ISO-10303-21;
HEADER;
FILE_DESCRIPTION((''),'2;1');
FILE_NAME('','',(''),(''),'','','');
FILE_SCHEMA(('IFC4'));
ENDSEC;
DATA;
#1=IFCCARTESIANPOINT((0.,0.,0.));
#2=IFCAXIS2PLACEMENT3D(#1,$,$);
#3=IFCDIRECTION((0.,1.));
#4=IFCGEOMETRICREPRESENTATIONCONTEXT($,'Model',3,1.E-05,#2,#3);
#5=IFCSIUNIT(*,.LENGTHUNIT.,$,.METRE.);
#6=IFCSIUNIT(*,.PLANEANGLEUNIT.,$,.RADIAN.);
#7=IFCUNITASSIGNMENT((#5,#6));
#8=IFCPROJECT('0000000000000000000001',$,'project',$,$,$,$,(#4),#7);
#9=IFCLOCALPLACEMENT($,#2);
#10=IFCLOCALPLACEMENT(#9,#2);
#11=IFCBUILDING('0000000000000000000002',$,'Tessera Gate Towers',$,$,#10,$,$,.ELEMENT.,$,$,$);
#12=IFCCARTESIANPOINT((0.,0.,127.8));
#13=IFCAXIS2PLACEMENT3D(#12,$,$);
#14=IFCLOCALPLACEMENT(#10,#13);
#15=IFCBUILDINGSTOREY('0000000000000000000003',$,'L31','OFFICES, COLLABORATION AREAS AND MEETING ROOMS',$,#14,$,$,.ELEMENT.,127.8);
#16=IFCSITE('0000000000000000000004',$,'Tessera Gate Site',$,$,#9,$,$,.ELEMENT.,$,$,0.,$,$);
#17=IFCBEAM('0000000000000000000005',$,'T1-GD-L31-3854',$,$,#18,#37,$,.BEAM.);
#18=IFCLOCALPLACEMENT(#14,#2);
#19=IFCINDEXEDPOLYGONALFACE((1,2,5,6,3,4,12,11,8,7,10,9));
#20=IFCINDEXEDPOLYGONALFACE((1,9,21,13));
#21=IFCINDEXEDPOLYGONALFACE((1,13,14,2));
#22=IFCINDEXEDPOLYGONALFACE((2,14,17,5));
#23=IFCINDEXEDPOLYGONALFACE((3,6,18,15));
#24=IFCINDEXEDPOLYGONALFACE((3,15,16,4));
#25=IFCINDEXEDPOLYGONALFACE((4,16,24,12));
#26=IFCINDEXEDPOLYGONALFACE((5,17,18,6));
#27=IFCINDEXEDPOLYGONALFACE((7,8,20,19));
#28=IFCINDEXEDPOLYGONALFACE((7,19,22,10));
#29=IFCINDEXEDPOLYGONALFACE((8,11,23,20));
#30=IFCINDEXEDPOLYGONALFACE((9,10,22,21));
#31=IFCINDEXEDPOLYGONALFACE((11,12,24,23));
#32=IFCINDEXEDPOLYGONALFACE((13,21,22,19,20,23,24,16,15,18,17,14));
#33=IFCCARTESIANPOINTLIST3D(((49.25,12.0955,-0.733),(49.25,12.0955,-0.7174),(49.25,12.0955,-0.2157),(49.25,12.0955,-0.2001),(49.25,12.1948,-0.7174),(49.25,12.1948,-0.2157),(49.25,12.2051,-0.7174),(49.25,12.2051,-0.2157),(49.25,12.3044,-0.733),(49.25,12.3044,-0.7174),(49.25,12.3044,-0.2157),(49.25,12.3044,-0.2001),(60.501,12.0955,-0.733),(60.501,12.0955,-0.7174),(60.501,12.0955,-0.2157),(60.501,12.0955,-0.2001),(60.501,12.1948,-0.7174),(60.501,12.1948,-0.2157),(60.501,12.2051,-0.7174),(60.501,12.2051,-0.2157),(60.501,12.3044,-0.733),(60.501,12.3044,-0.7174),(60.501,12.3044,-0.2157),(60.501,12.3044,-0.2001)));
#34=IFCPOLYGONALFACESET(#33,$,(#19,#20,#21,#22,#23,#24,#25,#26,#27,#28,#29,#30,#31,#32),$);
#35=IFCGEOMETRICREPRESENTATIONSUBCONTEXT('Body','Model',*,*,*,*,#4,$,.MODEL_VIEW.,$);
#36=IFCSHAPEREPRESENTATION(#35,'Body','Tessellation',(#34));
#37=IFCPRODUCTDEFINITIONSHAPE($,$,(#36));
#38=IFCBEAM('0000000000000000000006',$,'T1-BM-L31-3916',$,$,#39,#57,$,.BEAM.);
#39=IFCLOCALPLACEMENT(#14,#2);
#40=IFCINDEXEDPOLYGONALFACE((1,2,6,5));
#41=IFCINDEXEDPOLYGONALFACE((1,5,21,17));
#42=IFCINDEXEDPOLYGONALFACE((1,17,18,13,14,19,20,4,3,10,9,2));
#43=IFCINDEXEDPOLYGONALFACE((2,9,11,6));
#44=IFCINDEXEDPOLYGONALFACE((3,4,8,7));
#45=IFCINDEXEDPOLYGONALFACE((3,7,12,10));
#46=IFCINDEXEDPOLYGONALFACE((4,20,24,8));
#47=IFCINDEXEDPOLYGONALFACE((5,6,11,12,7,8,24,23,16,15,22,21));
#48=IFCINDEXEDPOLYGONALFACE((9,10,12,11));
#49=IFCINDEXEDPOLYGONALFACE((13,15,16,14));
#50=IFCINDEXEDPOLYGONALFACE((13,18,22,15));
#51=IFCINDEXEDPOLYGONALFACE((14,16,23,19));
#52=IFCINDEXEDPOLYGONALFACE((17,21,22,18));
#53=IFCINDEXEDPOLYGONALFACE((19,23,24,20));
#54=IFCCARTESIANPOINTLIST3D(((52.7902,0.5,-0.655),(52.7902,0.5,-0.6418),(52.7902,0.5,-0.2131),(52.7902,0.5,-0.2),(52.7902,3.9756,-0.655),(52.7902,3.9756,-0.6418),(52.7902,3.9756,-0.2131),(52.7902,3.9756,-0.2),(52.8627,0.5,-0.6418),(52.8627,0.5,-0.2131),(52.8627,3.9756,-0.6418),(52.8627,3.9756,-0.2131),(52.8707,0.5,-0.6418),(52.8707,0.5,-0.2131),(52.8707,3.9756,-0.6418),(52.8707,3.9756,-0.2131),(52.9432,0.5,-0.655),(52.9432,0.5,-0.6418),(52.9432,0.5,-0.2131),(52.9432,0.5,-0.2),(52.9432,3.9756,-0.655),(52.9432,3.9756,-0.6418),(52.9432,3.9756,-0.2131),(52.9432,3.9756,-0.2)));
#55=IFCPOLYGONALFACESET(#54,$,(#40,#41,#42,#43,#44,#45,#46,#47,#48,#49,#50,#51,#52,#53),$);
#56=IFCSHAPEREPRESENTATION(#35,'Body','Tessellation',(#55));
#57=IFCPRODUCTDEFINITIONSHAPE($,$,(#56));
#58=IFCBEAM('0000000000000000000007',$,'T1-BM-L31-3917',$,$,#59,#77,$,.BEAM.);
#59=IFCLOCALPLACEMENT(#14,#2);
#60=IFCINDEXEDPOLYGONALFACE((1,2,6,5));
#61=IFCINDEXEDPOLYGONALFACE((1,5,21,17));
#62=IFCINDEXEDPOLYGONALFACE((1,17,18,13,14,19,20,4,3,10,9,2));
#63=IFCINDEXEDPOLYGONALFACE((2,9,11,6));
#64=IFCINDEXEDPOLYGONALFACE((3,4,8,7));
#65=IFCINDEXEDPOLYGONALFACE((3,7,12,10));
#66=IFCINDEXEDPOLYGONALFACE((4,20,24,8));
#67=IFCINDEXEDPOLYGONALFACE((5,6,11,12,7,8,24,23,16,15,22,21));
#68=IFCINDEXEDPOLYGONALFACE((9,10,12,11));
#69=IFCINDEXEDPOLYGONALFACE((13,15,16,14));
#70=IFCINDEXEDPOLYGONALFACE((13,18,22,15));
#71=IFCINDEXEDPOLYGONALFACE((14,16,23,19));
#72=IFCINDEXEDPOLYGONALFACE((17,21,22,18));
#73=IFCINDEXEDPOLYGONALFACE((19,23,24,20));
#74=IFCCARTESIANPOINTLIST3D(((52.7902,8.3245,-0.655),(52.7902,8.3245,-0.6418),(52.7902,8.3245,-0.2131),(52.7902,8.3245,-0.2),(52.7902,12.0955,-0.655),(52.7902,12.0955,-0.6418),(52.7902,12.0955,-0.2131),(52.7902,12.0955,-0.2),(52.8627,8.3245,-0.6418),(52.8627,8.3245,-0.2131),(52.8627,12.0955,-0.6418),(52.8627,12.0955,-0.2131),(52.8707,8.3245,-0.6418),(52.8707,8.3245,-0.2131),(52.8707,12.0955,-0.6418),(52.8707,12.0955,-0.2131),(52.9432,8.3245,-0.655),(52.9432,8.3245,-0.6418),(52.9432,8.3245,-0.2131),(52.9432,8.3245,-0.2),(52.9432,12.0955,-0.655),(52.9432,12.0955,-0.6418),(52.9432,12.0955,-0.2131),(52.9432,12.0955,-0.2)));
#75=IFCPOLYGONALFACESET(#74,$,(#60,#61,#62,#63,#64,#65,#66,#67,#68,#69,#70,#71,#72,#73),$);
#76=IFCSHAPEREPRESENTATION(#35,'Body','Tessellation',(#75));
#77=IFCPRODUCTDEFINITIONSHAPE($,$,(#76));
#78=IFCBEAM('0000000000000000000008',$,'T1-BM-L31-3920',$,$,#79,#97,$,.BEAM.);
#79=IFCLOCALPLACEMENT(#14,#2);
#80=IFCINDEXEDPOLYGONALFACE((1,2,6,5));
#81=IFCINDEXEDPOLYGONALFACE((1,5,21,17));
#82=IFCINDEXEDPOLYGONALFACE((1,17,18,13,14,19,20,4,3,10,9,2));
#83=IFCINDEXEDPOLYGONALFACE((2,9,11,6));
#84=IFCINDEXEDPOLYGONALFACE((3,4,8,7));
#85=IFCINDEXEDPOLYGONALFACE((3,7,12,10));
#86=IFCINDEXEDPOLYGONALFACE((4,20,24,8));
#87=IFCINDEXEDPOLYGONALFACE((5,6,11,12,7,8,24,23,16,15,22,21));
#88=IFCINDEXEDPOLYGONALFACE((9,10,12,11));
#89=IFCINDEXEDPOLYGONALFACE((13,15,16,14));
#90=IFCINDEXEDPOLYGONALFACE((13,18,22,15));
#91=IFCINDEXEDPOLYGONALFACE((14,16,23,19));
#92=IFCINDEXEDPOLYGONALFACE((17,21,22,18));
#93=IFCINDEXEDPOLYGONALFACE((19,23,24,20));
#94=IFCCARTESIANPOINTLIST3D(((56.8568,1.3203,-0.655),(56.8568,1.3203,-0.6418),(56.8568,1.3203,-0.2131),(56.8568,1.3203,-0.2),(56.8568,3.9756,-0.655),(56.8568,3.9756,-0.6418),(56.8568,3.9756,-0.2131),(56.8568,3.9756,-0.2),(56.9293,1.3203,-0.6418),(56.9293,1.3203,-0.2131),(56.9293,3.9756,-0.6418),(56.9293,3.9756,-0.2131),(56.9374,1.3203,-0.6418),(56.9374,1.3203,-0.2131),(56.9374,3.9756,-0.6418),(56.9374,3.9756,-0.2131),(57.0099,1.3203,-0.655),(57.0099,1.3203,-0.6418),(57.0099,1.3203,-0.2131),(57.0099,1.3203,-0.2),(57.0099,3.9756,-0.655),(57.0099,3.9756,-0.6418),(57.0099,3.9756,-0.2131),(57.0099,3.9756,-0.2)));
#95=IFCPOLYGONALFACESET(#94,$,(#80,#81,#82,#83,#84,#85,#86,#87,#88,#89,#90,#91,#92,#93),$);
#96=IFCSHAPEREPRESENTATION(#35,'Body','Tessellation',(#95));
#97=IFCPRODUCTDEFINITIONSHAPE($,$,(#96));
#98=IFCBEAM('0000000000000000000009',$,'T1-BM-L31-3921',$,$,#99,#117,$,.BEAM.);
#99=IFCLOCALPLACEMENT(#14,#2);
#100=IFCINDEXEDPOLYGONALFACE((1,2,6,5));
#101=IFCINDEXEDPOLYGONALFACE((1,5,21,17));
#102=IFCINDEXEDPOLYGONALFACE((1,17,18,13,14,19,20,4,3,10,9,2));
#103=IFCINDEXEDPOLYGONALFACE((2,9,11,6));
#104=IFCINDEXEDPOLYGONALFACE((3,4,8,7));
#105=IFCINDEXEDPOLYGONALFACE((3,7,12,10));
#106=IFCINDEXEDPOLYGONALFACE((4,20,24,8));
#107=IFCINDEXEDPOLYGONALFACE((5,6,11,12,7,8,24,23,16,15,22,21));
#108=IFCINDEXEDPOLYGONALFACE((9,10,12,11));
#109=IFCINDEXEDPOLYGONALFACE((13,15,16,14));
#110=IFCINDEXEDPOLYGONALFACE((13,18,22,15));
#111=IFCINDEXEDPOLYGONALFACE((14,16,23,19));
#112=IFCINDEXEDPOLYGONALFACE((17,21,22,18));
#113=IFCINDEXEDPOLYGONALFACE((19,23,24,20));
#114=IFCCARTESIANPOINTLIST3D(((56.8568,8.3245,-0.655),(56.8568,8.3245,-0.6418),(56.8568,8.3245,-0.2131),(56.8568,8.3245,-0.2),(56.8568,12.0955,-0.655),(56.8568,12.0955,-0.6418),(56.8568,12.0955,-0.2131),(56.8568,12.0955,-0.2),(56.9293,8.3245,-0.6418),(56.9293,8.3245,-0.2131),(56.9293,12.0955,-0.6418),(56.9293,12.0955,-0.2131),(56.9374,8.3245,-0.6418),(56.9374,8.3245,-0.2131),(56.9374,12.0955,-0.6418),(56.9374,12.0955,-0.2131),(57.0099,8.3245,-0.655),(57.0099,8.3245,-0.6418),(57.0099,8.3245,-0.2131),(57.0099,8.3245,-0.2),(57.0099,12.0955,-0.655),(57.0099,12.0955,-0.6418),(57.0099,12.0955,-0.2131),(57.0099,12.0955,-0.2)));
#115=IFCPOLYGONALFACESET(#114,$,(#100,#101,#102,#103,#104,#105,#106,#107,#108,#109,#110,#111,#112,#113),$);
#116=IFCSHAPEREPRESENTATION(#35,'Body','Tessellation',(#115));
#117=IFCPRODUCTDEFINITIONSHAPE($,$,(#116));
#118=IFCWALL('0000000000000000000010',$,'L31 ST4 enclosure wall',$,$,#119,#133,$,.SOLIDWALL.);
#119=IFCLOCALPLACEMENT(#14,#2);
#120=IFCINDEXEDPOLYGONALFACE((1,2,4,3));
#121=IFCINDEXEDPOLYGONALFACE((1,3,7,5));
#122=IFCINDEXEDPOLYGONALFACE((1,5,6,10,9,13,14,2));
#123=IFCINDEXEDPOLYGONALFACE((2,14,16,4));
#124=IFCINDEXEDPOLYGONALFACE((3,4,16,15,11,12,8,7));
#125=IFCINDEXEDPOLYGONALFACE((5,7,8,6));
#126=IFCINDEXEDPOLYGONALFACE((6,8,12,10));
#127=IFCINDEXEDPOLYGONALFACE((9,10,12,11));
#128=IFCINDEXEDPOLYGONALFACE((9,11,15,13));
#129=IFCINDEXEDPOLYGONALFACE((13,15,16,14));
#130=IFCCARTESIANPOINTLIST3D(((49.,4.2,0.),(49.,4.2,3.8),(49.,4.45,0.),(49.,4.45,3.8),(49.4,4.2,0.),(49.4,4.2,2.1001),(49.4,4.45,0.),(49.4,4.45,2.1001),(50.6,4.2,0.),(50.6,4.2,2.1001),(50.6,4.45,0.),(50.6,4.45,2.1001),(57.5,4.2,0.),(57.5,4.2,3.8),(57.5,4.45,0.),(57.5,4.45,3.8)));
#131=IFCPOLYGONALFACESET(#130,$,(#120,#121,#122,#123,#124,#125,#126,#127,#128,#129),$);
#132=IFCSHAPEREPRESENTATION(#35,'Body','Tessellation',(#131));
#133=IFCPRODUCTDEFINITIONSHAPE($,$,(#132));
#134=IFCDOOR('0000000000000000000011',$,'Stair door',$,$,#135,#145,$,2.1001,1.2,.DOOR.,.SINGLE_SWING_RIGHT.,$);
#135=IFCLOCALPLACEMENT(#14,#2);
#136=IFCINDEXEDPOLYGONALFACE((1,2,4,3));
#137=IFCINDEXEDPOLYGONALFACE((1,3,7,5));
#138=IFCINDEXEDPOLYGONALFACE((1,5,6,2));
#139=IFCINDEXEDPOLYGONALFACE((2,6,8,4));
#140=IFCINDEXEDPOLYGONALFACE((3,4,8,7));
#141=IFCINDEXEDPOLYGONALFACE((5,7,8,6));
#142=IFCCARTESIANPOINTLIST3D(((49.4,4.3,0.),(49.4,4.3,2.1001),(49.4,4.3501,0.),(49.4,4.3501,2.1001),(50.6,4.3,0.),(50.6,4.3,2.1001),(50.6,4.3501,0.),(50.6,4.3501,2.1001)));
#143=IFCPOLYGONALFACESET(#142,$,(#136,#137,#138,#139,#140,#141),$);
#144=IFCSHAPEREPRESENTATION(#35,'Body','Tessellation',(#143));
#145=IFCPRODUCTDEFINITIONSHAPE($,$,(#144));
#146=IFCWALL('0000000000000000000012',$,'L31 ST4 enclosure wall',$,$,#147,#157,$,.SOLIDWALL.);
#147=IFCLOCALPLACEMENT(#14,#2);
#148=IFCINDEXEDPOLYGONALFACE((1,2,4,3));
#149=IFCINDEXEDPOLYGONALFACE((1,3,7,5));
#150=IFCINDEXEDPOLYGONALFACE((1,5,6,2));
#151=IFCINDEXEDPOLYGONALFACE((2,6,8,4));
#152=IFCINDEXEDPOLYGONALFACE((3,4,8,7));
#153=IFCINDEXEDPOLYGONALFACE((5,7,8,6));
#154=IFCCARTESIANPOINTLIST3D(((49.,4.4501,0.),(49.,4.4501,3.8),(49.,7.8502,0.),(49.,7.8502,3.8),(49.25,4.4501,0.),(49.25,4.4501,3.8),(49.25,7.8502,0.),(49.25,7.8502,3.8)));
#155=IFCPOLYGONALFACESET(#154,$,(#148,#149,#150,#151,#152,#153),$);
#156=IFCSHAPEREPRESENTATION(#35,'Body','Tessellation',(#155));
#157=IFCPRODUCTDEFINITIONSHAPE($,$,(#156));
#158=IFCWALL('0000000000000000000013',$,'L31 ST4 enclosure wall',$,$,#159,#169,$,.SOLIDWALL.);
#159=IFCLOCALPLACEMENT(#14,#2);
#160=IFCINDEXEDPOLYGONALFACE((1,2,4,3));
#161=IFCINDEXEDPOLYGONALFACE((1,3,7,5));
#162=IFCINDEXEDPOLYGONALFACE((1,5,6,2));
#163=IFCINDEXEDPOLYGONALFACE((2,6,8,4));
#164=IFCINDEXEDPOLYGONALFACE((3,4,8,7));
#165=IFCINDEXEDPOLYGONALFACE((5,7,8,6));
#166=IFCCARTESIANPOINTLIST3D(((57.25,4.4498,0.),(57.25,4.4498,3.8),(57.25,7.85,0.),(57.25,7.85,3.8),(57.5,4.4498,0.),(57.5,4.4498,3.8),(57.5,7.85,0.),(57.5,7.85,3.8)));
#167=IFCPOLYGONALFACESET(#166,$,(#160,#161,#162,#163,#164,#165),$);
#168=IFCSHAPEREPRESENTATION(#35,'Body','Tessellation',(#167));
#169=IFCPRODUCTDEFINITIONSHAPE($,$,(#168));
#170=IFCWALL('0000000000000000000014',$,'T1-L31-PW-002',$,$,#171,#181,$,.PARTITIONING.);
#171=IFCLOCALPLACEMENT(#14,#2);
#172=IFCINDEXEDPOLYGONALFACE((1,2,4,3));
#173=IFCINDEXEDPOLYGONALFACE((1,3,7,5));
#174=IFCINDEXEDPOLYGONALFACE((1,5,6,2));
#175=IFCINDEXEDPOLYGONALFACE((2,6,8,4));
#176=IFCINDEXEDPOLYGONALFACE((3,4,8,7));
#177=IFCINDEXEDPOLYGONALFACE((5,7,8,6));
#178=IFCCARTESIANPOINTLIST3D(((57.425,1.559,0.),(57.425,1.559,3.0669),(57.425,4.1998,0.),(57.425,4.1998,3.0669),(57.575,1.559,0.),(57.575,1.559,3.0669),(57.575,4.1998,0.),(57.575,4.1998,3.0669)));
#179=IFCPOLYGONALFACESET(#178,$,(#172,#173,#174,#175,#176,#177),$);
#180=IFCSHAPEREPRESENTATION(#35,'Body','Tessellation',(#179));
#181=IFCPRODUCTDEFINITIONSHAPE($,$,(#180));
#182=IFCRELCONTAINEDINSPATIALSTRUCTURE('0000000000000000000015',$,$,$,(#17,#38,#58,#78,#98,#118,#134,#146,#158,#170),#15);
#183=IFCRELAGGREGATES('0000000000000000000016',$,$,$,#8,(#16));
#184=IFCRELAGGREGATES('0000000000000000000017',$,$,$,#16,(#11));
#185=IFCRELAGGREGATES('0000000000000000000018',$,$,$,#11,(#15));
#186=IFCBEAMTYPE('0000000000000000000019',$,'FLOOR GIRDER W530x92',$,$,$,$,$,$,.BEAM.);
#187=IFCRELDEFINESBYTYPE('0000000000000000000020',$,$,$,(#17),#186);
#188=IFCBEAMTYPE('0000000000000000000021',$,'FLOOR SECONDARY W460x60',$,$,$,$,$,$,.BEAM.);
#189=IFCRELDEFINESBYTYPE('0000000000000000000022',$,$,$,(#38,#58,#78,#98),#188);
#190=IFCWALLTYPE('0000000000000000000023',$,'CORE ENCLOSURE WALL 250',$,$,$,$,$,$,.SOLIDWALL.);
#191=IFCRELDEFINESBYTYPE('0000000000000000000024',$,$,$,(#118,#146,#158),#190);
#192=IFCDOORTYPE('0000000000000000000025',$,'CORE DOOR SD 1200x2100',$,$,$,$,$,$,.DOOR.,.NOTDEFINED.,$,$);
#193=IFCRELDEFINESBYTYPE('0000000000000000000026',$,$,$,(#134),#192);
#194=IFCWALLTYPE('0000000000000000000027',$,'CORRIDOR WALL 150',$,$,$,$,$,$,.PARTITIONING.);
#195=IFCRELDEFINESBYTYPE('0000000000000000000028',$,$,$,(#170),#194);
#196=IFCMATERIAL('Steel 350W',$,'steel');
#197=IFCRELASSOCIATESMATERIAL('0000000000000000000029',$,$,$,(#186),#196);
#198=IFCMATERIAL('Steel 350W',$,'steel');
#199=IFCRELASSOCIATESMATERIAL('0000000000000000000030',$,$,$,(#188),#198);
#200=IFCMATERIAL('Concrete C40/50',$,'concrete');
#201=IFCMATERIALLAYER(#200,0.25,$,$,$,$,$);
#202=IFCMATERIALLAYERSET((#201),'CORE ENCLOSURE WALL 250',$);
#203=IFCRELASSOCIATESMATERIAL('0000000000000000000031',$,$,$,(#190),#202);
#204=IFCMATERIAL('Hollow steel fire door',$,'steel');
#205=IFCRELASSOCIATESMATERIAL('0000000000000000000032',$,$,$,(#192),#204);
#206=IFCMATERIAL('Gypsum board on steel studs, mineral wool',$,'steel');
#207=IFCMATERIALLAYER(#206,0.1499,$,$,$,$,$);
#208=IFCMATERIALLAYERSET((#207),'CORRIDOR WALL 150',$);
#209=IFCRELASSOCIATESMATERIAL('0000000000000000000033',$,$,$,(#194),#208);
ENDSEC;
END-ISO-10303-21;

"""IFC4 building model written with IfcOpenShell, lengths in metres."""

from ifc_helpers import new_model, si_unit, direction, frame, frame_2d, origin, origin_2d, place, context, subcontext, project, spatial, rectangle, i_section, extrude, source, transform, mapped, material, layer, layer_set, material_profile, profile_set, type_object, element, fill, save


model = new_model("IFC4")

# Units and contexts
model_context = context("Model", 3, precision=1e-05, world=origin(), true_north=direction((0.0, 1.0)))
body_context = subcontext(model_context, "Body", "Model", "MODEL_VIEW")
ifc_project = project(units=[si_unit("LENGTHUNIT", "METRE"), si_unit("PLANEANGLEUNIT", "RADIAN")], contexts=[model_context])

# Site, building, storey
site_placement = place(None, origin())
site = spatial("IfcSite", under=ifc_project, at=site_placement, Name="Tessera Gate Site", CompositionType="ELEMENT", RefElevation=0.0)
building_placement = place(site_placement, origin())
building = spatial("IfcBuilding", under=site, at=building_placement, Name="Tessera Gate Towers", CompositionType="ELEMENT")
storey_placement = place(building_placement, frame((0.0, 0.0, 127.8)))
storey = spatial("IfcBuildingStorey", under=building, at=storey_placement, Name="L31", Description="OFFICES, COLLABORATION AREAS AND MEETING ROOMS", CompositionType="ELEMENT", Elevation=127.8)

# Beams
ifc_material_1 = material(Name="Steel 350W", Category="steel")
ifc_material_profile_1 = material_profile(ifc_material_1, i_section(OverallWidth=0.209, OverallDepth=0.533, WebThickness=0.0103, FlangeThickness=0.0156, at=origin_2d()), Name="W530x92")
ifc_profile_set_1 = profile_set([ifc_material_profile_1], Name="Steel 350W")
beam_type_1 = type_object("IfcBeamType", Name="FLOOR GIRDER W530x92", PredefinedType="BEAM", material=ifc_profile_set_1)
beam_1_placement = place(storey_placement, frame((49.25, 12.2, -0.4666), z_axis=(1.0, 0.0, 0.0), x_axis=(0.0, 1.0, 0.0)))
element("IfcBeam", 1, at=beam_1_placement, inside=storey, type_object=beam_type_1, Name="T1-GD-L31-3854", PredefinedType="BEAM", context=body_context, shape_type="SweptSolid", body=[
    extrude(i_section(OverallWidth=0.209, OverallDepth=0.533, WebThickness=0.0103, FlangeThickness=0.0156, at=origin_2d()), origin(), (0.0, 0.0, 1.0), 11.251),
])
ifc_material_2 = material(Name="Steel 350W", Category="steel")
ifc_material_profile_2 = material_profile(ifc_material_2, i_section(OverallWidth=0.1531, OverallDepth=0.4551, WebThickness=0.0081, FlangeThickness=0.0132, at=origin_2d()), Name="W460x60")
ifc_profile_set_2 = profile_set([ifc_material_profile_2], Name="Steel 350W")
beam_type_2 = type_object("IfcBeamType", Name="FLOOR SECONDARY W460x60", PredefinedType="BEAM", material=ifc_profile_set_2)
beam_2_placement = place(storey_placement, frame((52.8667, 0.5, -0.4275), z_axis=(0.0, 1.0, 0.0), x_axis=(-1.0, 0.0, 0.0)))
element("IfcBeam", 2, at=beam_2_placement, inside=storey, type_object=beam_type_2, Name="T1-BM-L31-3916", PredefinedType="BEAM", context=body_context, shape_type="SweptSolid", body=[
    extrude(i_section(OverallWidth=0.1531, OverallDepth=0.4551, WebThickness=0.0081, FlangeThickness=0.0132, at=origin_2d()), origin(), (0.0, 0.0, 1.0), 3.4756),
])
beam_3_placement = place(storey_placement, frame((52.8667, 8.3245, -0.4275), z_axis=(0.0, 1.0, 0.0), x_axis=(-1.0, 0.0, 0.0)))
element("IfcBeam", 3, at=beam_3_placement, inside=storey, type_object=beam_type_2, Name="T1-BM-L31-3917", PredefinedType="BEAM", context=body_context, shape_type="SweptSolid", body=[
    extrude(i_section(OverallWidth=0.1531, OverallDepth=0.4551, WebThickness=0.0081, FlangeThickness=0.0132, at=origin_2d()), origin(), (0.0, 0.0, 1.0), 3.771),
])
beam_4_placement = place(storey_placement, frame((56.9333, 1.3203, -0.4275), z_axis=(0.0, 1.0, 0.0), x_axis=(-1.0, 0.0, 0.0)))
element("IfcBeam", 4, at=beam_4_placement, inside=storey, type_object=beam_type_2, Name="T1-BM-L31-3920", PredefinedType="BEAM", context=body_context, shape_type="SweptSolid", body=[
    extrude(i_section(OverallWidth=0.1531, OverallDepth=0.4551, WebThickness=0.0081, FlangeThickness=0.0132, at=origin_2d()), origin(), (0.0, 0.0, 1.0), 2.6553),
])
beam_5_placement = place(storey_placement, frame((56.9333, 8.3245, -0.4275), z_axis=(0.0, 1.0, 0.0), x_axis=(-1.0, 0.0, 0.0)))
element("IfcBeam", 5, at=beam_5_placement, inside=storey, type_object=beam_type_2, Name="T1-BM-L31-3921", PredefinedType="BEAM", context=body_context, shape_type="SweptSolid", body=[
    extrude(i_section(OverallWidth=0.1531, OverallDepth=0.4551, WebThickness=0.0081, FlangeThickness=0.0132, at=origin_2d()), origin(), (0.0, 0.0, 1.0), 3.771),
])

# Wall, opening, door
ifc_material_3 = material(Name="Concrete C40/50", Category="concrete")
ifc_layer_1 = layer(ifc_material_3, 0.25)
ifc_layer_set_1 = layer_set([ifc_layer_1], Name="CORE ENCLOSURE WALL 250")
wall_type_1 = type_object("IfcWallType", Name="CORE ENCLOSURE WALL 250", PredefinedType="SOLIDWALL", material=ifc_layer_set_1)
wall_1_placement = place(storey_placement, frame((57.5, 4.325, 0.0), z_axis=(0.0, 0.0, 1.0), x_axis=(-1.0, 0.0, 0.0)))
wall_1 = element("IfcWall", 6, at=wall_1_placement, inside=storey, type_object=wall_type_1, Name="L31 ST4 enclosure wall", PredefinedType="SOLIDWALL", context=body_context, shape_type="SweptSolid", body=[
    extrude(rectangle(XDim=8.5, YDim=0.25, at=frame_2d((4.25, 0.0))), origin(), (0.0, 0.0, 1.0), 3.8),
])
shared_shape_1 = source(origin(), body_context, "Body", "SweptSolid", [
    extrude(rectangle(XDim=1.2, YDim=2.1001, at=frame_2d((0.6001, 1.05))), frame((0.0, 0.135, 0.0), z_axis=(0.0, -1.0, 0.0), x_axis=(1.0, 0.0, 0.0)), (0.0, 0.0, 1.0), 0.27),
])
opening_1_placement = place(wall_1_placement, frame((6.8999, 0.0, 0.0)))
opening_1 = element("IfcOpeningElement", 7, at=opening_1_placement, cuts=wall_1, PredefinedType="OPENING", context=body_context, shape_type="MappedRepresentation", body=[
    mapped(shared_shape_1, transform((0.0, 0.0, 0.0), scale=1.0)),
])
ifc_material_4 = material(Name="Hollow steel fire door", Category="steel")
door_type = type_object("IfcDoorType", Name="CORE DOOR SD 1200x2100", OperationType="NOTDEFINED", PredefinedType="DOOR", material=ifc_material_4)
shared_shape_2 = source(origin(), body_context, "Body", "SweptSolid", [
    extrude(rectangle(XDim=1.2, YDim=2.1001, at=frame_2d((0.6001, 1.05))), frame((0.0, 0.0249, 0.0), z_axis=(0.0, -1.0, 0.0), x_axis=(1.0, 0.0, 0.0)), (0.0, 0.0, 1.0), 0.05),
])
door_placement = place(opening_1_placement, origin())
door = element("IfcDoor", 8, at=door_placement, inside=storey, type_object=door_type, Name="Stair door", OperationType="SINGLE_SWING_RIGHT", OverallHeight=2.1001, OverallWidth=1.2, PredefinedType="DOOR", context=body_context, shape_type="MappedRepresentation", body=[
    mapped(shared_shape_2, transform((0.0, 0.0, 0.0), scale=1.0)),
])
fill(opening_1, door)

# Walls
for number, where, z_axis, x_axis, name in (
    (9, (49.125, 4.45, 0.0), (0.0, 0.0, 1.0), (0.0, 1.0, 0.0), "L31 ST4 enclosure wall"),
    (10, (57.375, 7.8501, 0.0), (0.0, 0.0, 1.0), (0.0, -1.0, 0.0), "L31 ST4 enclosure wall"),
):
    element("IfcWall", number, at=place(storey_placement, frame(where, z_axis=z_axis, x_axis=x_axis)), inside=storey, type_object=wall_type_1, Name=name, PredefinedType="SOLIDWALL", context=body_context, shape_type="SweptSolid", body=[
        extrude(rectangle(XDim=3.4001, YDim=0.25, at=frame_2d((1.7002, 0.0))), origin(), (0.0, 0.0, 1.0), 3.8),
    ])
ifc_material_5 = material(Name="Gypsum board on steel studs, mineral wool", Category="steel")
ifc_layer_2 = layer(ifc_material_5, 0.1499)
ifc_layer_set_2 = layer_set([ifc_layer_2], Name="CORRIDOR WALL 150")
wall_type_2 = type_object("IfcWallType", Name="CORRIDOR WALL 150", PredefinedType="PARTITIONING", material=ifc_layer_set_2)
wall_2_placement = place(storey_placement, frame((57.5, 1.5591, 0.0), z_axis=(0.0, 0.0, 1.0), x_axis=(0.0, 1.0, 0.0)))
element("IfcWall", 11, at=wall_2_placement, inside=storey, type_object=wall_type_2, Name="T1-L31-PW-002", PredefinedType="PARTITIONING", context=body_context, shape_type="SweptSolid", body=[
    extrude(rectangle(XDim=2.6409, YDim=0.1499, at=frame_2d((1.3203, 0.0))), origin(), (0.0, 0.0, 1.0), 3.0669),
])

save(model, "model.ifc")
